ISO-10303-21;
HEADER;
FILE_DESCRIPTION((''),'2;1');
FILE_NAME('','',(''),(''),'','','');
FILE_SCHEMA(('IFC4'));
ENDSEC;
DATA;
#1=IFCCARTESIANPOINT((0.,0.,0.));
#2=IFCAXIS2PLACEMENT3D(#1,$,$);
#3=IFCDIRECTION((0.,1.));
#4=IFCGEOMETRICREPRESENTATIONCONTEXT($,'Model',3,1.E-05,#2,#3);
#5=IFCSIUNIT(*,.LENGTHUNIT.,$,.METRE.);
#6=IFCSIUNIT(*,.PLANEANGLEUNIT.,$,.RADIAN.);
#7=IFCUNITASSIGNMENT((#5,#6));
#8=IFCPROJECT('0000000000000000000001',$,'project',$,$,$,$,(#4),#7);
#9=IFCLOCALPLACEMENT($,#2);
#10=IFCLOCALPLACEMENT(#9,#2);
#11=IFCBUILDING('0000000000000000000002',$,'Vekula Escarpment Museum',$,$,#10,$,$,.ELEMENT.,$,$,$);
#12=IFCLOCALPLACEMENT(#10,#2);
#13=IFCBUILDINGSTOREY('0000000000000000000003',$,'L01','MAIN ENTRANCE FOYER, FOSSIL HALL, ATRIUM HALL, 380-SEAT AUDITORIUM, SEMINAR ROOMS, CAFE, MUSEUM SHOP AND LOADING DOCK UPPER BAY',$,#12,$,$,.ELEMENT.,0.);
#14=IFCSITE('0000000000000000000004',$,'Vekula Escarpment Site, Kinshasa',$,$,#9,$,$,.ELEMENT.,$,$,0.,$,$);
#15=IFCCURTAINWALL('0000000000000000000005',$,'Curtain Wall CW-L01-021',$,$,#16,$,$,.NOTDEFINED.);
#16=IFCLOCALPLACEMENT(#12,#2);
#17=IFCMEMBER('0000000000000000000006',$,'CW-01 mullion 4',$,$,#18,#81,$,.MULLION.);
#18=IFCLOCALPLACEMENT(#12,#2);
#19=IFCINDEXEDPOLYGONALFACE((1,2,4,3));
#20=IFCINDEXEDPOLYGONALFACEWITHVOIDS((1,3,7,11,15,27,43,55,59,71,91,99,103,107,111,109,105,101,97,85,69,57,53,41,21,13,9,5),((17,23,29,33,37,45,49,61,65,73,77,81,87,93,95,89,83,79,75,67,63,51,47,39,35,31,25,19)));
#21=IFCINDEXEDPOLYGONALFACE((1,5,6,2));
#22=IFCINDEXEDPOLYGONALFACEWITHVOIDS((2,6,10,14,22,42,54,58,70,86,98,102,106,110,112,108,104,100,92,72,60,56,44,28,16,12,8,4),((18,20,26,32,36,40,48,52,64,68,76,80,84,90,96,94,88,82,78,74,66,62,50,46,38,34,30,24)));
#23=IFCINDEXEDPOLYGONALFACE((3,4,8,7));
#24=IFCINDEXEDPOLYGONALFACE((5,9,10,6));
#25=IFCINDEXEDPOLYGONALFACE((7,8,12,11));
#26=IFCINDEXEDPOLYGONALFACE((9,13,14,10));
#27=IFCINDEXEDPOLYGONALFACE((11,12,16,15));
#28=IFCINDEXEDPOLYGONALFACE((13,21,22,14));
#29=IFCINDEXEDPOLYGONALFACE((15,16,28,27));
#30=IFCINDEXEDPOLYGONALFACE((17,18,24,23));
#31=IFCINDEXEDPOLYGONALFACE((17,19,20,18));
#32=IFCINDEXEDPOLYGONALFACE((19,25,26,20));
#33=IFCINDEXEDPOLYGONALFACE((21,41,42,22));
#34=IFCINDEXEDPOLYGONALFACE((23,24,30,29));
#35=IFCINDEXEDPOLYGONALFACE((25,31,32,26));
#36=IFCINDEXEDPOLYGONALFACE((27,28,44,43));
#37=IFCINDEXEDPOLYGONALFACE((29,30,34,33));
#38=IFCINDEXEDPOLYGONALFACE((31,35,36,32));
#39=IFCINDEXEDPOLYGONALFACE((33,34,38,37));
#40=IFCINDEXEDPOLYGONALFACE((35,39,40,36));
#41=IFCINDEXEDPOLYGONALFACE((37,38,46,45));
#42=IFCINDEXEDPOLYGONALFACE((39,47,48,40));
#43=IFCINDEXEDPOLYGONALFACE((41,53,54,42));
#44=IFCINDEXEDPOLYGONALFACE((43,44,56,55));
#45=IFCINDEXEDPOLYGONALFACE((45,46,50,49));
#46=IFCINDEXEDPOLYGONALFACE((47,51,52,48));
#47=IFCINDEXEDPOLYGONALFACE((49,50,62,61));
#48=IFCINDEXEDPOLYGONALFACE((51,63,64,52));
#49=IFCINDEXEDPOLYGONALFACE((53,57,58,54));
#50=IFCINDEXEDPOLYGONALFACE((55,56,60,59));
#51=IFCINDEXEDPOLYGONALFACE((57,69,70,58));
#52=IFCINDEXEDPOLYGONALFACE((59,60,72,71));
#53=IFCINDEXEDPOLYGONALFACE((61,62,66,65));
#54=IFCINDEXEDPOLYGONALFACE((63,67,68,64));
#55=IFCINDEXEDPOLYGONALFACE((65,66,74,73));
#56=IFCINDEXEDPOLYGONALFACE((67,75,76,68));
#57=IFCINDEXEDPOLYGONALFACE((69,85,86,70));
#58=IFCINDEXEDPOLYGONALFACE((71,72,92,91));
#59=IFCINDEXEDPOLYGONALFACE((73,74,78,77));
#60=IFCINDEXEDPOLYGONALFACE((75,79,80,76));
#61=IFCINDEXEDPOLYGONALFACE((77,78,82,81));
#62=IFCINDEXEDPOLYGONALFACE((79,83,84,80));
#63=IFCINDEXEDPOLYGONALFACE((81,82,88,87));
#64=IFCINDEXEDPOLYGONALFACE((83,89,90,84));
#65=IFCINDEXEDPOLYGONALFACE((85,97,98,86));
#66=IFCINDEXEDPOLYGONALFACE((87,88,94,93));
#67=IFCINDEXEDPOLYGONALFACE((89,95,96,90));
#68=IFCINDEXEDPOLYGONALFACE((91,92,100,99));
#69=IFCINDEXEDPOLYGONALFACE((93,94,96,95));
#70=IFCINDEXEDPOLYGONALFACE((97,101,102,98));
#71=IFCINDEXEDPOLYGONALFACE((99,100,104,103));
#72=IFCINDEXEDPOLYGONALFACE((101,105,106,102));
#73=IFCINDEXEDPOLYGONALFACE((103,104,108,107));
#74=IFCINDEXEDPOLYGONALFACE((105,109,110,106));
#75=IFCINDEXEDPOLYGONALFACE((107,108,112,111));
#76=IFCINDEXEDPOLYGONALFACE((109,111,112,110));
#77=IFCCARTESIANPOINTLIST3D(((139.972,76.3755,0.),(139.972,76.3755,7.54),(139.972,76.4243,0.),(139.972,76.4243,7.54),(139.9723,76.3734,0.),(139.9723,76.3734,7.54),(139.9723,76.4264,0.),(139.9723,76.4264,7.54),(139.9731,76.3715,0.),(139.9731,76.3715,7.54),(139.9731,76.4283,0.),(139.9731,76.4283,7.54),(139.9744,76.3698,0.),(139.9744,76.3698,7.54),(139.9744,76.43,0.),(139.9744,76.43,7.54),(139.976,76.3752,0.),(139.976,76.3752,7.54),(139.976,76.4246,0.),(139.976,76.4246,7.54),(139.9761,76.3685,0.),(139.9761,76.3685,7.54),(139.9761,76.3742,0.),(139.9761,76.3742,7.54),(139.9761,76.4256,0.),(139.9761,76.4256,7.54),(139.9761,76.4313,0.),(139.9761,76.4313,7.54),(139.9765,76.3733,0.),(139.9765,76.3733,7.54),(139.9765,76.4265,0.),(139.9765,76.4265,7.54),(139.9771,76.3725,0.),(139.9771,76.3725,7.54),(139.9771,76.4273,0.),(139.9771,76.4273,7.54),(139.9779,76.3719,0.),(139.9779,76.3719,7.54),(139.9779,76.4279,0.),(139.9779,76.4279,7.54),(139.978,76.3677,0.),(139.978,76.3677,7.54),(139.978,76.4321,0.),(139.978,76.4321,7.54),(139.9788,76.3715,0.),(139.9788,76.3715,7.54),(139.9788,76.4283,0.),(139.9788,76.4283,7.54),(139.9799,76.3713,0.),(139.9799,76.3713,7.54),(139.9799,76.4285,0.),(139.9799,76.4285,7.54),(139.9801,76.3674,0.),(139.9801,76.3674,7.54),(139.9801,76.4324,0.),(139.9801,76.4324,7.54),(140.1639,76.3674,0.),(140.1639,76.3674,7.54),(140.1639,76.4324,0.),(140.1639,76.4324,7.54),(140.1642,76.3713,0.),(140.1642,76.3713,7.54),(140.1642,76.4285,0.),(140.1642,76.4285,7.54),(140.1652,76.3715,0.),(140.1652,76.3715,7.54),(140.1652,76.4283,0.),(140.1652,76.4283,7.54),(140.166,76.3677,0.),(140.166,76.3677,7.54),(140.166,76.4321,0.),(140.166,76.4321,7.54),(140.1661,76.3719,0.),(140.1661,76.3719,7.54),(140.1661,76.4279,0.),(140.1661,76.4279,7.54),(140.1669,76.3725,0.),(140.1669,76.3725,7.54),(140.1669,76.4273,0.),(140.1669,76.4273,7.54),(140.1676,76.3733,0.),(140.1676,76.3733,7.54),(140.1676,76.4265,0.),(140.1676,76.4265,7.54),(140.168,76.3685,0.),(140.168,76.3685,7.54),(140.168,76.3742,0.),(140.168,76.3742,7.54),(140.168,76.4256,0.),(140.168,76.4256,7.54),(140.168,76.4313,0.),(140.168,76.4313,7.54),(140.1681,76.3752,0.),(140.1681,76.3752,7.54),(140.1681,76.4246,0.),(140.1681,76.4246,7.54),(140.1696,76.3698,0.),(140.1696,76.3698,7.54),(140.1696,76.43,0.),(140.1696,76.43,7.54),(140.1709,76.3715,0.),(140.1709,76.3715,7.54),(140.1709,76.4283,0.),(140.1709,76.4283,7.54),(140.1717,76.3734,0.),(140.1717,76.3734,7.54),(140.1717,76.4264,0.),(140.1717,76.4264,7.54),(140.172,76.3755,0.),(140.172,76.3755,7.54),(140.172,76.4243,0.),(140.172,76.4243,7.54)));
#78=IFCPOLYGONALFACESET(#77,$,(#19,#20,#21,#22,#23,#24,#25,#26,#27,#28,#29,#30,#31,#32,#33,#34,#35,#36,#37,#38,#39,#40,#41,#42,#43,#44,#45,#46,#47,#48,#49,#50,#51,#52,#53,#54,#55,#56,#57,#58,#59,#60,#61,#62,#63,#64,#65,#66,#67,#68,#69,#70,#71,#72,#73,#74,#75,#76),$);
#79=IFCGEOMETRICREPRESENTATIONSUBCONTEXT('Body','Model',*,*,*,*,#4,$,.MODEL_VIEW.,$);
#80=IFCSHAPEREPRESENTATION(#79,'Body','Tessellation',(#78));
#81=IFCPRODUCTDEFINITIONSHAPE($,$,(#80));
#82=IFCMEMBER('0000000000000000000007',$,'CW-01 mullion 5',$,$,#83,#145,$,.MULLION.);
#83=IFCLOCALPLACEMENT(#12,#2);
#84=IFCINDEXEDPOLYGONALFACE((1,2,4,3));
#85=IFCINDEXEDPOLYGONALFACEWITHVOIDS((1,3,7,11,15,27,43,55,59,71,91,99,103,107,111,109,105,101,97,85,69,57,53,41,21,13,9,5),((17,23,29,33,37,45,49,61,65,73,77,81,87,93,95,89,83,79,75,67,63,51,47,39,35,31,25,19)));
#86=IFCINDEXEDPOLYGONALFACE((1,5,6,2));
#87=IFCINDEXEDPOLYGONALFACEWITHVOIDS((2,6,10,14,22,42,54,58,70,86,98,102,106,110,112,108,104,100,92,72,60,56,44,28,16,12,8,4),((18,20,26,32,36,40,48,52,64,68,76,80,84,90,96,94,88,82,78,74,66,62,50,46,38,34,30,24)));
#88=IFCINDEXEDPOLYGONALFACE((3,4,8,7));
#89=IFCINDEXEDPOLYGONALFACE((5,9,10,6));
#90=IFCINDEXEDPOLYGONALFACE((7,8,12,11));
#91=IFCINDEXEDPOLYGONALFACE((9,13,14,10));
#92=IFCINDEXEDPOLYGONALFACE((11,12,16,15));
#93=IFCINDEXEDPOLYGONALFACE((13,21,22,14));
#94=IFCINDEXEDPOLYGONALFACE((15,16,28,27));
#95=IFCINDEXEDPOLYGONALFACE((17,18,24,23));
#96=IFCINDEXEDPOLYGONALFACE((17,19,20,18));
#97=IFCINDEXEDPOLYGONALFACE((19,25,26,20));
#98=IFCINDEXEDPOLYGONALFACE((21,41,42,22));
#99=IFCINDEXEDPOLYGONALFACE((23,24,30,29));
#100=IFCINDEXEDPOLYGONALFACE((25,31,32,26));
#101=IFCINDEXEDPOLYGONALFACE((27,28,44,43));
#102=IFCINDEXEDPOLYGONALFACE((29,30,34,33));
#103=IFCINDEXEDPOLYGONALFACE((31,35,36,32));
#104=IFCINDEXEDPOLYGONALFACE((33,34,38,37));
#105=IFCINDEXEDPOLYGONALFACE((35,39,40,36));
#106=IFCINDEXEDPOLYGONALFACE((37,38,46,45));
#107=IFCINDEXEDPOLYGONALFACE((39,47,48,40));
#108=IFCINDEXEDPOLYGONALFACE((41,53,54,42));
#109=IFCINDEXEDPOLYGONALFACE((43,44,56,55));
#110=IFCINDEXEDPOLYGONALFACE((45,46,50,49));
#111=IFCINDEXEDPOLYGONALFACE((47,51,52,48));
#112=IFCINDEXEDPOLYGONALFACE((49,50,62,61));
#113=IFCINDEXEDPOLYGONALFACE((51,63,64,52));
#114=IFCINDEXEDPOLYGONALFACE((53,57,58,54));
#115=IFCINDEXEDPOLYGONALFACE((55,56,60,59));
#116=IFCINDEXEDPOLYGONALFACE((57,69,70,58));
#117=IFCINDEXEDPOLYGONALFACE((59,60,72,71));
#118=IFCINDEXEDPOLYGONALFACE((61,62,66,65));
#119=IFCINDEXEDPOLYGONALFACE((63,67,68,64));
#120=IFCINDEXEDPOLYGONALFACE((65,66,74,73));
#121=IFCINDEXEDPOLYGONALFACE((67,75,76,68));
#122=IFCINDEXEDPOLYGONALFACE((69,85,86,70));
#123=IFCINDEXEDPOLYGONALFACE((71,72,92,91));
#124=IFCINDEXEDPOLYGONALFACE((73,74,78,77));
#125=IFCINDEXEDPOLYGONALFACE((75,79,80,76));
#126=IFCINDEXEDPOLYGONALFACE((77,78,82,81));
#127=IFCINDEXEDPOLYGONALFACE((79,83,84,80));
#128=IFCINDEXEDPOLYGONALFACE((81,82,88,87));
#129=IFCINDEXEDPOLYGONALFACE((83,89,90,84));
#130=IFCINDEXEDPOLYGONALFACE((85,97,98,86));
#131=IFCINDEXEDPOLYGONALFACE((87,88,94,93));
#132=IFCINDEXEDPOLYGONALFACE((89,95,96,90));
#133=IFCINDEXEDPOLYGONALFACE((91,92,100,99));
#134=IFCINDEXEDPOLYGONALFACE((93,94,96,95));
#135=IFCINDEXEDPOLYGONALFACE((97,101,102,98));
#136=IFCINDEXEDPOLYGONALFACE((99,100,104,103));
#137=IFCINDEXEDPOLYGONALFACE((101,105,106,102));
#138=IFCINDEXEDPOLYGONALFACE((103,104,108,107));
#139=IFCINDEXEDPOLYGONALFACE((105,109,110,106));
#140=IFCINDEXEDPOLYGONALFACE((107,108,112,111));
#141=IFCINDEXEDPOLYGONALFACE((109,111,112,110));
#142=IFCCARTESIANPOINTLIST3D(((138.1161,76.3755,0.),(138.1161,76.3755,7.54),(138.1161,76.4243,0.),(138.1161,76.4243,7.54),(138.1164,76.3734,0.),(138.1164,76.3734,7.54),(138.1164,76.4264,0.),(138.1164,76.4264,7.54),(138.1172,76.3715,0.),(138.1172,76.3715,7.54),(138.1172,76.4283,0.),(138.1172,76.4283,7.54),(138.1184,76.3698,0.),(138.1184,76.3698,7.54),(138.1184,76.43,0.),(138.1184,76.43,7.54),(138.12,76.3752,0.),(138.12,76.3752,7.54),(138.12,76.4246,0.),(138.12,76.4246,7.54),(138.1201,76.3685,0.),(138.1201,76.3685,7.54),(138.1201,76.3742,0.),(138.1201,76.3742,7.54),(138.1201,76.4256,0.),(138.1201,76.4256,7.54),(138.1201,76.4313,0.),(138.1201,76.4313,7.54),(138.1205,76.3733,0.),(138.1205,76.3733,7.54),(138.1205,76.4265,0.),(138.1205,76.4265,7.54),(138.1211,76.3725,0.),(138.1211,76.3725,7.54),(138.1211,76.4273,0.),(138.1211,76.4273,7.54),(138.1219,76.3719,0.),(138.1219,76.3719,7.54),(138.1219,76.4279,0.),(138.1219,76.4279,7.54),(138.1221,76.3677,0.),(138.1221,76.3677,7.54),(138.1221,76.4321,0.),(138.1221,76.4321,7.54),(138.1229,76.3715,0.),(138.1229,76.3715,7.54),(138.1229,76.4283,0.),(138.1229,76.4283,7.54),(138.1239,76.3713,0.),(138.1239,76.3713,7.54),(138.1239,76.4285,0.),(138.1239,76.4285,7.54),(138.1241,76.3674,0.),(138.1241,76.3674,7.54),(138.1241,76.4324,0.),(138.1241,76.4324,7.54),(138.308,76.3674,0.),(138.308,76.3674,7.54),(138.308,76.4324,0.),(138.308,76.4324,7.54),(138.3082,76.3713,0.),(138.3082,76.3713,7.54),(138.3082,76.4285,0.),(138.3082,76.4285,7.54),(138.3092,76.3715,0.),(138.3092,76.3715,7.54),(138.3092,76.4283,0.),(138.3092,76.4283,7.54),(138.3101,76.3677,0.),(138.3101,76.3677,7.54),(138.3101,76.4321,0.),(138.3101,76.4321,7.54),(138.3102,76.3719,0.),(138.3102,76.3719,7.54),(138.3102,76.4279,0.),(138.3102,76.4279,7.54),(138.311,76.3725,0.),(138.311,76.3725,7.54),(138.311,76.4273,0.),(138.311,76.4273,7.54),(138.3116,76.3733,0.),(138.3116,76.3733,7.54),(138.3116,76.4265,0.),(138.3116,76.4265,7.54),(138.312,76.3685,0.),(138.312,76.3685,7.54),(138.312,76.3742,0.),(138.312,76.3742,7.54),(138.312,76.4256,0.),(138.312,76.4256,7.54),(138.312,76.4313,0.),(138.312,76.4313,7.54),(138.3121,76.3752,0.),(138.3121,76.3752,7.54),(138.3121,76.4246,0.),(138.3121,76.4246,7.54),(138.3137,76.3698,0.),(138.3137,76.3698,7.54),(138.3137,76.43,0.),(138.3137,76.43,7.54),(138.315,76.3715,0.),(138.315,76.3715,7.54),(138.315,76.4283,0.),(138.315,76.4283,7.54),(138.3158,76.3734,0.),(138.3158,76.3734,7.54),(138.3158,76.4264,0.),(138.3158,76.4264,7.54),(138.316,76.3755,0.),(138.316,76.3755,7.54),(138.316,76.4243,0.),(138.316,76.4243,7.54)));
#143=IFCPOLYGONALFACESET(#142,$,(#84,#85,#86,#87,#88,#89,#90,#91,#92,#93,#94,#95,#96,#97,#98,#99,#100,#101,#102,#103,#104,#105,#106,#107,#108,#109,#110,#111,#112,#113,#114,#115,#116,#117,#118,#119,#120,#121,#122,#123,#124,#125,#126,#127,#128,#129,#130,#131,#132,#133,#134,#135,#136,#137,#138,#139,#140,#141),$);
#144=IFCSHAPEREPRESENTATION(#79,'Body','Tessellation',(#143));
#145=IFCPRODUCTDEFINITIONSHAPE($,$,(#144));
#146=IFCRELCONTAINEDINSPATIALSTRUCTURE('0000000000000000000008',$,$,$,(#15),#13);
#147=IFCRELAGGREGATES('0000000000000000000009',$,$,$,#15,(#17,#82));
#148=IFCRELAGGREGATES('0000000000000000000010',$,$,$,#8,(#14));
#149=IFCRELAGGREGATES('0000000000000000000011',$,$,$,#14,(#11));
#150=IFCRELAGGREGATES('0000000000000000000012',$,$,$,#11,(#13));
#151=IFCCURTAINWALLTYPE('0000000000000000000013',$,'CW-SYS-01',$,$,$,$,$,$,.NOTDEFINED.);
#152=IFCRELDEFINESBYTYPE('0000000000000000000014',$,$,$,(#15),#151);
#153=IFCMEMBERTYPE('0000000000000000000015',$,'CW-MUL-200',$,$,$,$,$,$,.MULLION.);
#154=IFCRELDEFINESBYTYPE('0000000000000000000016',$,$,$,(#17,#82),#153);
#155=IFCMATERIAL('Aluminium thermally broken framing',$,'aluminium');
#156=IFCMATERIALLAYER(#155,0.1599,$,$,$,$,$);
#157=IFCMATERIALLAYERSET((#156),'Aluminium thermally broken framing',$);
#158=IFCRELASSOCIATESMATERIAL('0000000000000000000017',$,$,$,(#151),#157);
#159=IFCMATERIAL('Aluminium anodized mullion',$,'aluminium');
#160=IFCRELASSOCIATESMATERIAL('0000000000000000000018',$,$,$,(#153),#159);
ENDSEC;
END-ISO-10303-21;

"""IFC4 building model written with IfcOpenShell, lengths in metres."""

from ifc_helpers import new_model, si_unit, direction, frame, origin, origin_2d, place, context, subcontext, project, spatial, hollow_rectangle, extrude, material, layer, layer_set, material_profile, profile_set, type_object, element, aggregate, save


model = new_model("IFC4")

# Units and contexts
model_context = context("Model", 3, precision=1e-05, world=origin(), true_north=direction((0.0, 1.0)))
body_context = subcontext(model_context, "Body", "Model", "MODEL_VIEW")
ifc_project = project(units=[si_unit("LENGTHUNIT", "METRE"), si_unit("PLANEANGLEUNIT", "RADIAN")], contexts=[model_context])

# Site, building, storey
site_placement = place(None, origin())
site = spatial("IfcSite", under=ifc_project, at=site_placement, Name="Vekula Escarpment Site, Kinshasa", CompositionType="ELEMENT", RefElevation=0.0)
building_placement = place(site_placement, origin())
building = spatial("IfcBuilding", under=site, at=building_placement, Name="Vekula Escarpment Museum", CompositionType="ELEMENT")
storey_placement = place(building_placement, origin())
storey = spatial("IfcBuildingStorey", under=building, at=storey_placement, Name="L01", Description="MAIN ENTRANCE FOYER, FOSSIL HALL, ATRIUM HALL, 380-SEAT AUDITORIUM, SEMINAR ROOMS, CAFE, MUSEUM SHOP AND LOADING DOCK UPPER BAY", CompositionType="ELEMENT", Elevation=0.0)

# Curtain wall, members
ifc_material_1 = material(Name="Aluminium thermally broken framing", Category="aluminium")
ifc_layer_1 = layer(ifc_material_1, 0.1599)
ifc_layer_set_1 = layer_set([ifc_layer_1], Name="Aluminium thermally broken framing")
curtain_wall_type = type_object("IfcCurtainWallType", Name="CW-SYS-01", PredefinedType="NOTDEFINED", material=ifc_layer_set_1)
curtain_wall_placement = place(storey_placement, origin())
curtain_wall = element("IfcCurtainWall", 1, at=curtain_wall_placement, inside=storey, type_object=curtain_wall_type, Name="Curtain Wall CW-L01-021", PredefinedType="NOTDEFINED")
ifc_material_2 = material(Name="Aluminium anodized mullion", Category="aluminium")
ifc_material_profile_1 = material_profile(ifc_material_2, hollow_rectangle(XDim=0.0649, YDim=0.2, WallThickness=0.0039, InnerFilletRadius=0.0039, OuterFilletRadius=0.0081, at=origin_2d()), Name="ALU 200x65x4")
ifc_profile_set_1 = profile_set([ifc_material_profile_1], Name="Aluminium anodized mullion")
member_type_1 = type_object("IfcMemberType", Name="CW-MUL-200", PredefinedType="MULLION", material=ifc_profile_set_1)
member_1_placement = place(storey_placement, frame((140.072, 76.3999, 0.0), z_axis=(0.0, 0.0, 1.0), x_axis=(0.0, -1.0, 0.0)))
member_1 = element("IfcMember", 2, at=member_1_placement, type_object=member_type_1, Name="CW-01 mullion 4", PredefinedType="MULLION", context=body_context, shape_type="SweptSolid", body=[
    extrude(hollow_rectangle(XDim=0.0649, YDim=0.2, WallThickness=0.0039, InnerFilletRadius=0.0039, OuterFilletRadius=0.0081, at=origin_2d()), origin(), (0.0, 0.0, 1.0), 7.54),
])
member_2_placement = place(storey_placement, frame((138.2161, 76.3999, 0.0), z_axis=(0.0, 0.0, 1.0), x_axis=(0.0, -1.0, 0.0)))
member_2 = element("IfcMember", 3, at=member_2_placement, type_object=member_type_1, Name="CW-01 mullion 5", PredefinedType="MULLION", context=body_context, shape_type="SweptSolid", body=[
    extrude(hollow_rectangle(XDim=0.0649, YDim=0.2, WallThickness=0.0039, InnerFilletRadius=0.0039, OuterFilletRadius=0.0081, at=origin_2d()), origin(), (0.0, 0.0, 1.0), 7.54),
])
aggregate(curtain_wall, [member_1, member_2])

save(model, "model.ifc")
